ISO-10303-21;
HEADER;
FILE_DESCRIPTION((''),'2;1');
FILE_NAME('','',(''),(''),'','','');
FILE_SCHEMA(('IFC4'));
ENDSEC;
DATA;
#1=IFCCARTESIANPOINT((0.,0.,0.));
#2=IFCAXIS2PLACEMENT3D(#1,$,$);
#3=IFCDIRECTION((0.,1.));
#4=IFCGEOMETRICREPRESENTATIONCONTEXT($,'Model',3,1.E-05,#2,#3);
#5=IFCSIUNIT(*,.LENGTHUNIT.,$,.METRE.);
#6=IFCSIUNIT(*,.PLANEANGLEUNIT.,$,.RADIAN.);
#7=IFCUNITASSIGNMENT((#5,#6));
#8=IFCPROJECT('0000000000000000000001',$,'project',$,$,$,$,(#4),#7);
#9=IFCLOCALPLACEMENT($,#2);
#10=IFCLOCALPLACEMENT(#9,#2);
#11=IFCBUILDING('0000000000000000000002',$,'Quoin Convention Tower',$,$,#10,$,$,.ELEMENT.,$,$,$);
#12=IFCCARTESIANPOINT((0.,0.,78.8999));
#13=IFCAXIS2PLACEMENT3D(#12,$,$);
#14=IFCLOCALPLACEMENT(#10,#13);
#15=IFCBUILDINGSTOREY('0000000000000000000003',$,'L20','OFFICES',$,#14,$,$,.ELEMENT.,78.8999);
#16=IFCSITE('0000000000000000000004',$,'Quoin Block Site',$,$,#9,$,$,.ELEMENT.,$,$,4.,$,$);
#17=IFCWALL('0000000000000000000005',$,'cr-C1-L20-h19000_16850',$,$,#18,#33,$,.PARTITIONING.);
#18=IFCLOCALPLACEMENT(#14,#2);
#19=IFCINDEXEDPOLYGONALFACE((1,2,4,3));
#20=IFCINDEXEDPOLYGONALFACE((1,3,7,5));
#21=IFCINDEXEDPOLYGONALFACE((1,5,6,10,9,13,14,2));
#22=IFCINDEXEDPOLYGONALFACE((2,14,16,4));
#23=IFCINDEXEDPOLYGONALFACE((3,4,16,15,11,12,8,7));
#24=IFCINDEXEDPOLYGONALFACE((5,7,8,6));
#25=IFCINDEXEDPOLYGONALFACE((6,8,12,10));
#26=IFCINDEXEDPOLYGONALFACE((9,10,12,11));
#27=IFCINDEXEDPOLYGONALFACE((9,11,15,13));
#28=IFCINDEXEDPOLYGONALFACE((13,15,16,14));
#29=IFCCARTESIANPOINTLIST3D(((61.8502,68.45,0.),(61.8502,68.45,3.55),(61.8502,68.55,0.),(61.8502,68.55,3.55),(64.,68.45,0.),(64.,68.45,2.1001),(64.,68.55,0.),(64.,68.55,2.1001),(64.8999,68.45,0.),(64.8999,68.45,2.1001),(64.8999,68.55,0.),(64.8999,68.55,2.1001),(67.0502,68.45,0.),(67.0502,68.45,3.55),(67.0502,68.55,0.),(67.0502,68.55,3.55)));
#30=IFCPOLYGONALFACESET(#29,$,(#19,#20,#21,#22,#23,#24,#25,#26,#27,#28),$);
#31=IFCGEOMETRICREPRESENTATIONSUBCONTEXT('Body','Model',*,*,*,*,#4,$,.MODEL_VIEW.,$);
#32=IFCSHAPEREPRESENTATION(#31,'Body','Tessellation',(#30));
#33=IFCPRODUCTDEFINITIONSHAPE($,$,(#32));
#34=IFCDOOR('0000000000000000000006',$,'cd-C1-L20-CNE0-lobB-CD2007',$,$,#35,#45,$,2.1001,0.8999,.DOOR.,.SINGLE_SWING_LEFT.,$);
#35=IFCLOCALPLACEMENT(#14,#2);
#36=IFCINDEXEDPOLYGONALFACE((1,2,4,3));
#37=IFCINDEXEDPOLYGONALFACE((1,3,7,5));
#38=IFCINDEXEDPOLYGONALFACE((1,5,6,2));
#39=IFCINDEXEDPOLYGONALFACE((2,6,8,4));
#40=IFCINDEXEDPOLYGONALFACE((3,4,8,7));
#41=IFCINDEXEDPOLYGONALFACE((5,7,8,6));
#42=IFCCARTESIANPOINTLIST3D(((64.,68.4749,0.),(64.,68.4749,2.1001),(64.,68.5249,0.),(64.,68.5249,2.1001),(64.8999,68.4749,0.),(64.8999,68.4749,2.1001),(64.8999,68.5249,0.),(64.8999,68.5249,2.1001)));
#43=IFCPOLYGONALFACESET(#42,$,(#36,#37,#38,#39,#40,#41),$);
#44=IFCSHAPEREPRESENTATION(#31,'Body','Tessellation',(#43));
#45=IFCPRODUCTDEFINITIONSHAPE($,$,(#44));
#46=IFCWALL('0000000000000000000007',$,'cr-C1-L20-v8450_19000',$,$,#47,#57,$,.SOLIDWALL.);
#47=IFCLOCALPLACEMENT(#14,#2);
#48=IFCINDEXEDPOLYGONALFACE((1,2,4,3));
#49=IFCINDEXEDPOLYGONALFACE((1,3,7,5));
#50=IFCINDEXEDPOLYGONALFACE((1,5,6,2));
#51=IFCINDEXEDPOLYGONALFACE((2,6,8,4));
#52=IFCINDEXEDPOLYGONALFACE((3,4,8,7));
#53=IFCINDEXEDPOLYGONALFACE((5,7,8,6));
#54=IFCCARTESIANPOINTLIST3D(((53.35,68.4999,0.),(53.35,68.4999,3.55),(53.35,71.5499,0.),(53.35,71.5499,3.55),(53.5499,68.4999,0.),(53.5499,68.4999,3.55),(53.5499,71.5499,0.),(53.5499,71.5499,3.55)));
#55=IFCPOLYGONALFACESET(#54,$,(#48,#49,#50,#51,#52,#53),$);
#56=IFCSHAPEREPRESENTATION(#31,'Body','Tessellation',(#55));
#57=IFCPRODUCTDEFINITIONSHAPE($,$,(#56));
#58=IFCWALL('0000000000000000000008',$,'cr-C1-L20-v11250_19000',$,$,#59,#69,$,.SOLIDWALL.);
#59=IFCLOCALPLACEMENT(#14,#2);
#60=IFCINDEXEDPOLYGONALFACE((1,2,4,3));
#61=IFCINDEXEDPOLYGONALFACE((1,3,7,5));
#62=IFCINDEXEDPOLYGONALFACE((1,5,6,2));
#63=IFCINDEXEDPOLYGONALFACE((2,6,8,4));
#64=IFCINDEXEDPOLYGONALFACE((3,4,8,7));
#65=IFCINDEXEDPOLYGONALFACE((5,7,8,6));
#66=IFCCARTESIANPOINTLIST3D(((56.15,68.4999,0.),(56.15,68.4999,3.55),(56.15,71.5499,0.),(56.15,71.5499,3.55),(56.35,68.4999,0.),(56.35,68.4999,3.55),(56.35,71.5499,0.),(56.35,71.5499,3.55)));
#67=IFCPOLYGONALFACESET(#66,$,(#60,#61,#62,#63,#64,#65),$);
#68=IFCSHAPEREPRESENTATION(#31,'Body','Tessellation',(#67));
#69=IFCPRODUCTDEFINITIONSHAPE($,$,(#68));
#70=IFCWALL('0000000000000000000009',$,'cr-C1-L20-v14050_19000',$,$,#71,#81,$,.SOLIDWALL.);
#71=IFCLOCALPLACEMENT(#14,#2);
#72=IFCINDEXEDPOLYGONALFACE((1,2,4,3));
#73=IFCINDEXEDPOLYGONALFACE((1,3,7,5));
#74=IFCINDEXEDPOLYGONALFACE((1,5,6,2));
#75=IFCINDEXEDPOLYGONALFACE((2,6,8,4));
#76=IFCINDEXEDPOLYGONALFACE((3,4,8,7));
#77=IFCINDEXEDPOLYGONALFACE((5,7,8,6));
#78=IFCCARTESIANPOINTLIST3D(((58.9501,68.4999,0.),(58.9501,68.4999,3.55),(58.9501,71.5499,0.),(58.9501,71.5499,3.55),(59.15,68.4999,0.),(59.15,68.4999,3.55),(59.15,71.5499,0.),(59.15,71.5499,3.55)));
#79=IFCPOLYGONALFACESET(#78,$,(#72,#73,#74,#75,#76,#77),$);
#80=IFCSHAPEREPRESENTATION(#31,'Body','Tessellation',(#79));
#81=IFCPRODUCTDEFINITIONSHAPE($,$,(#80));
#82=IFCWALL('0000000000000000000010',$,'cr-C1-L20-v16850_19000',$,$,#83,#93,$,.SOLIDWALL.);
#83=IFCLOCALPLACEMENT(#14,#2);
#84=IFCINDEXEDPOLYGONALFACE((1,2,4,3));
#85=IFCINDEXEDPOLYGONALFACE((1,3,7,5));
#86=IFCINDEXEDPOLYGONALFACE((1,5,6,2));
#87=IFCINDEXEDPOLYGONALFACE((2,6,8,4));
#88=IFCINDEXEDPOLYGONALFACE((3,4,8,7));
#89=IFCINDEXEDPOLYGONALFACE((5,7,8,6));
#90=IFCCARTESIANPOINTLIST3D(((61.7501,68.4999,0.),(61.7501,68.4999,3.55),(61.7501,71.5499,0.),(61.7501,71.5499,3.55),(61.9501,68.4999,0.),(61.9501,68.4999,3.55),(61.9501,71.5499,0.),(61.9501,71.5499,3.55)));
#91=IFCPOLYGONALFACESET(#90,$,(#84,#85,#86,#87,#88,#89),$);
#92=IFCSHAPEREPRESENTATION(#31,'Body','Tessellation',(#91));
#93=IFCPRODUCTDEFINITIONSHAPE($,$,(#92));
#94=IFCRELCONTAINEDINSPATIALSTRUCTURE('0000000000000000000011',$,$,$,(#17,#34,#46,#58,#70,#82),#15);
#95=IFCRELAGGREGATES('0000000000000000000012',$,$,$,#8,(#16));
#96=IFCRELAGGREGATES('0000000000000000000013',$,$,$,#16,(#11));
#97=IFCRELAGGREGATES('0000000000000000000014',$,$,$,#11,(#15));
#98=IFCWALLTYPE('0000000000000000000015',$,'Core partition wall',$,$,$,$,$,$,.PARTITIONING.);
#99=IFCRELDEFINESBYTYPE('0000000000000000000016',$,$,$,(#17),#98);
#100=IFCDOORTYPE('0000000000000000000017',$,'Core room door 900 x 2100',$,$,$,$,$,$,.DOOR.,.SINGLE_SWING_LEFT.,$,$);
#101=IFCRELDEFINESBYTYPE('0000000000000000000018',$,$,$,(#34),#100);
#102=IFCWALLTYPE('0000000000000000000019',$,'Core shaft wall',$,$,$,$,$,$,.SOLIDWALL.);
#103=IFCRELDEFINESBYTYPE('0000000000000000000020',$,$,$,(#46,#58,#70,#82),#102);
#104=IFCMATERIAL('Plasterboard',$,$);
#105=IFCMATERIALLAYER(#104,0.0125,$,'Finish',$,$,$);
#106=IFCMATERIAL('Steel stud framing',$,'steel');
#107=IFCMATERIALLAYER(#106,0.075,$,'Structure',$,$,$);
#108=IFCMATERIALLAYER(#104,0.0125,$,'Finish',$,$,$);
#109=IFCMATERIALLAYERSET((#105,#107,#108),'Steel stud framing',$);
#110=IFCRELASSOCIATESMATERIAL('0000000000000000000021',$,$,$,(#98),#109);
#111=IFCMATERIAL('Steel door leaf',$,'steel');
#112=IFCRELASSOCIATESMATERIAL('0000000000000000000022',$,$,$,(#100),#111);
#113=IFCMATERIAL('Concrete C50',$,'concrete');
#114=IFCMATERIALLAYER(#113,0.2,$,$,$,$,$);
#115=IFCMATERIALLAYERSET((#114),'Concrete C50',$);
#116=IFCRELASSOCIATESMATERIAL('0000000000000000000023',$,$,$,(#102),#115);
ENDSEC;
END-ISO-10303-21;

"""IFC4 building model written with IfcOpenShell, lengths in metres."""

from ifc_helpers import new_model, si_unit, direction, frame, frame_2d, origin, place, context, subcontext, project, spatial, rectangle, extrude, material, layer, layer_set, type_object, element, fill, save


model = new_model("IFC4")

# Units and contexts
model_context = context("Model", 3, precision=1e-05, world=origin(), true_north=direction((0.0, 1.0)))
body_context = subcontext(model_context, "Body", "Model", "MODEL_VIEW")
ifc_project = project(units=[si_unit("LENGTHUNIT", "METRE"), si_unit("PLANEANGLEUNIT", "RADIAN")], contexts=[model_context])

# Site, building, storey
site_placement = place(None, origin())
site = spatial("IfcSite", under=ifc_project, at=site_placement, Name="Quoin Block Site", CompositionType="ELEMENT", RefElevation=4.0)
building_placement = place(site_placement, origin())
building = spatial("IfcBuilding", under=site, at=building_placement, Name="Quoin Convention Tower", CompositionType="ELEMENT")
storey_placement = place(building_placement, frame((0.0, 0.0, 78.8999)))
storey = spatial("IfcBuildingStorey", under=building, at=storey_placement, Name="L20", Description="OFFICES", CompositionType="ELEMENT", Elevation=78.8999)

# Shared definitions
ifc_material_1 = material(Name="Plasterboard")
ifc_material_2 = material(Name="Steel stud framing", Category="steel")

# Wall, opening, door
ifc_layer_1 = layer(ifc_material_1, 0.0125, Name="Finish")
ifc_layer_2 = layer(ifc_material_2, 0.075, Name="Structure")
ifc_layer_3 = layer(ifc_material_1, 0.0125, Name="Finish")
ifc_layer_set_1 = layer_set([ifc_layer_1, ifc_layer_2, ifc_layer_3], Name="Steel stud framing")
wall_type_1 = type_object("IfcWallType", Name="Core partition wall", PredefinedType="PARTITIONING", material=ifc_layer_set_1)
wall_1_placement = place(storey_placement, frame((61.8501, 68.5, 0.0), z_axis=(0.0, 0.0, 1.0), x_axis=(1.0, 0.0, 0.0)))
wall_1 = element("IfcWall", 1, at=wall_1_placement, inside=storey, type_object=wall_type_1, Name="cr-C1-L20-h19000_16850", PredefinedType="PARTITIONING", context=body_context, shape_type="SweptSolid", body=[
    extrude(rectangle(XDim=5.2, YDim=0.1001, at=frame_2d((2.6001, 0.0))), origin(), (0.0, 0.0, 1.0), 3.55),
])
opening_placement = place(wall_1_placement, frame((2.1499, 0.0, 0.0)))
opening = element("IfcOpeningElement", 2, at=opening_placement, cuts=wall_1, PredefinedType="OPENING", context=body_context, shape_type="SweptSolid", body=[
    extrude(rectangle(XDim=0.8999, YDim=2.1001, at=frame_2d((0.45, 1.05))), frame((0.0, 0.0601, 0.0), z_axis=(0.0, -1.0, 0.0), x_axis=(1.0, 0.0, 0.0)), (0.0, 0.0, 1.0), 0.1201),
])
ifc_material_3 = material(Name="Steel door leaf", Category="steel")
door_type = type_object("IfcDoorType", Name="Core room door 900 x 2100", OperationType="SINGLE_SWING_LEFT", PredefinedType="DOOR", material=ifc_material_3)
door_placement = place(opening_placement, origin())
door = element("IfcDoor", 3, at=door_placement, inside=storey, type_object=door_type, Name="cd-C1-L20-CNE0-lobB-CD2007", OperationType="SINGLE_SWING_LEFT", OverallHeight=2.1001, OverallWidth=0.8999, PredefinedType="DOOR", context=body_context, shape_type="SweptSolid", body=[
    extrude(rectangle(XDim=0.8999, YDim=2.1001, at=frame_2d((0.45, 1.05))), frame((0.0, 0.0249, 0.0), z_axis=(0.0, -1.0, 0.0), x_axis=(1.0, 0.0, 0.0)), (0.0, 0.0, 1.0), 0.05),
])
fill(opening, door)

# Walls
ifc_material_4 = material(Name="Concrete C50", Category="concrete")
ifc_layer_4 = layer(ifc_material_4, 0.2)
ifc_layer_set_2 = layer_set([ifc_layer_4], Name="Concrete C50")
wall_type_2 = type_object("IfcWallType", Name="Core shaft wall", PredefinedType="SOLIDWALL", material=ifc_layer_set_2)
for number, where, z_axis, x_axis, name in (
    (4, (53.45, 68.5, 0.0), (0.0, 0.0, 1.0), (0.0, 1.0, 0.0), "cr-C1-L20-v8450_19000"),
    (5, (56.25, 68.5, 0.0), (0.0, 0.0, 1.0), (0.0, 1.0, 0.0), "cr-C1-L20-v11250_19000"),
    (6, (59.05, 68.5, 0.0), (0.0, 0.0, 1.0), (0.0, 1.0, 0.0), "cr-C1-L20-v14050_19000"),
    (7, (61.8501, 68.5, 0.0), (0.0, 0.0, 1.0), (0.0, 1.0, 0.0), "cr-C1-L20-v16850_19000"),
):
    element("IfcWall", number, at=place(storey_placement, frame(where, z_axis=z_axis, x_axis=x_axis)), inside=storey, type_object=wall_type_2, Name=name, PredefinedType="SOLIDWALL", context=body_context, shape_type="SweptSolid", body=[
        extrude(rectangle(XDim=3.05, YDim=0.2, at=frame_2d((1.5249, 0.0))), origin(), (0.0, 0.0, 1.0), 3.55),
    ])

save(model, "model.ifc")
